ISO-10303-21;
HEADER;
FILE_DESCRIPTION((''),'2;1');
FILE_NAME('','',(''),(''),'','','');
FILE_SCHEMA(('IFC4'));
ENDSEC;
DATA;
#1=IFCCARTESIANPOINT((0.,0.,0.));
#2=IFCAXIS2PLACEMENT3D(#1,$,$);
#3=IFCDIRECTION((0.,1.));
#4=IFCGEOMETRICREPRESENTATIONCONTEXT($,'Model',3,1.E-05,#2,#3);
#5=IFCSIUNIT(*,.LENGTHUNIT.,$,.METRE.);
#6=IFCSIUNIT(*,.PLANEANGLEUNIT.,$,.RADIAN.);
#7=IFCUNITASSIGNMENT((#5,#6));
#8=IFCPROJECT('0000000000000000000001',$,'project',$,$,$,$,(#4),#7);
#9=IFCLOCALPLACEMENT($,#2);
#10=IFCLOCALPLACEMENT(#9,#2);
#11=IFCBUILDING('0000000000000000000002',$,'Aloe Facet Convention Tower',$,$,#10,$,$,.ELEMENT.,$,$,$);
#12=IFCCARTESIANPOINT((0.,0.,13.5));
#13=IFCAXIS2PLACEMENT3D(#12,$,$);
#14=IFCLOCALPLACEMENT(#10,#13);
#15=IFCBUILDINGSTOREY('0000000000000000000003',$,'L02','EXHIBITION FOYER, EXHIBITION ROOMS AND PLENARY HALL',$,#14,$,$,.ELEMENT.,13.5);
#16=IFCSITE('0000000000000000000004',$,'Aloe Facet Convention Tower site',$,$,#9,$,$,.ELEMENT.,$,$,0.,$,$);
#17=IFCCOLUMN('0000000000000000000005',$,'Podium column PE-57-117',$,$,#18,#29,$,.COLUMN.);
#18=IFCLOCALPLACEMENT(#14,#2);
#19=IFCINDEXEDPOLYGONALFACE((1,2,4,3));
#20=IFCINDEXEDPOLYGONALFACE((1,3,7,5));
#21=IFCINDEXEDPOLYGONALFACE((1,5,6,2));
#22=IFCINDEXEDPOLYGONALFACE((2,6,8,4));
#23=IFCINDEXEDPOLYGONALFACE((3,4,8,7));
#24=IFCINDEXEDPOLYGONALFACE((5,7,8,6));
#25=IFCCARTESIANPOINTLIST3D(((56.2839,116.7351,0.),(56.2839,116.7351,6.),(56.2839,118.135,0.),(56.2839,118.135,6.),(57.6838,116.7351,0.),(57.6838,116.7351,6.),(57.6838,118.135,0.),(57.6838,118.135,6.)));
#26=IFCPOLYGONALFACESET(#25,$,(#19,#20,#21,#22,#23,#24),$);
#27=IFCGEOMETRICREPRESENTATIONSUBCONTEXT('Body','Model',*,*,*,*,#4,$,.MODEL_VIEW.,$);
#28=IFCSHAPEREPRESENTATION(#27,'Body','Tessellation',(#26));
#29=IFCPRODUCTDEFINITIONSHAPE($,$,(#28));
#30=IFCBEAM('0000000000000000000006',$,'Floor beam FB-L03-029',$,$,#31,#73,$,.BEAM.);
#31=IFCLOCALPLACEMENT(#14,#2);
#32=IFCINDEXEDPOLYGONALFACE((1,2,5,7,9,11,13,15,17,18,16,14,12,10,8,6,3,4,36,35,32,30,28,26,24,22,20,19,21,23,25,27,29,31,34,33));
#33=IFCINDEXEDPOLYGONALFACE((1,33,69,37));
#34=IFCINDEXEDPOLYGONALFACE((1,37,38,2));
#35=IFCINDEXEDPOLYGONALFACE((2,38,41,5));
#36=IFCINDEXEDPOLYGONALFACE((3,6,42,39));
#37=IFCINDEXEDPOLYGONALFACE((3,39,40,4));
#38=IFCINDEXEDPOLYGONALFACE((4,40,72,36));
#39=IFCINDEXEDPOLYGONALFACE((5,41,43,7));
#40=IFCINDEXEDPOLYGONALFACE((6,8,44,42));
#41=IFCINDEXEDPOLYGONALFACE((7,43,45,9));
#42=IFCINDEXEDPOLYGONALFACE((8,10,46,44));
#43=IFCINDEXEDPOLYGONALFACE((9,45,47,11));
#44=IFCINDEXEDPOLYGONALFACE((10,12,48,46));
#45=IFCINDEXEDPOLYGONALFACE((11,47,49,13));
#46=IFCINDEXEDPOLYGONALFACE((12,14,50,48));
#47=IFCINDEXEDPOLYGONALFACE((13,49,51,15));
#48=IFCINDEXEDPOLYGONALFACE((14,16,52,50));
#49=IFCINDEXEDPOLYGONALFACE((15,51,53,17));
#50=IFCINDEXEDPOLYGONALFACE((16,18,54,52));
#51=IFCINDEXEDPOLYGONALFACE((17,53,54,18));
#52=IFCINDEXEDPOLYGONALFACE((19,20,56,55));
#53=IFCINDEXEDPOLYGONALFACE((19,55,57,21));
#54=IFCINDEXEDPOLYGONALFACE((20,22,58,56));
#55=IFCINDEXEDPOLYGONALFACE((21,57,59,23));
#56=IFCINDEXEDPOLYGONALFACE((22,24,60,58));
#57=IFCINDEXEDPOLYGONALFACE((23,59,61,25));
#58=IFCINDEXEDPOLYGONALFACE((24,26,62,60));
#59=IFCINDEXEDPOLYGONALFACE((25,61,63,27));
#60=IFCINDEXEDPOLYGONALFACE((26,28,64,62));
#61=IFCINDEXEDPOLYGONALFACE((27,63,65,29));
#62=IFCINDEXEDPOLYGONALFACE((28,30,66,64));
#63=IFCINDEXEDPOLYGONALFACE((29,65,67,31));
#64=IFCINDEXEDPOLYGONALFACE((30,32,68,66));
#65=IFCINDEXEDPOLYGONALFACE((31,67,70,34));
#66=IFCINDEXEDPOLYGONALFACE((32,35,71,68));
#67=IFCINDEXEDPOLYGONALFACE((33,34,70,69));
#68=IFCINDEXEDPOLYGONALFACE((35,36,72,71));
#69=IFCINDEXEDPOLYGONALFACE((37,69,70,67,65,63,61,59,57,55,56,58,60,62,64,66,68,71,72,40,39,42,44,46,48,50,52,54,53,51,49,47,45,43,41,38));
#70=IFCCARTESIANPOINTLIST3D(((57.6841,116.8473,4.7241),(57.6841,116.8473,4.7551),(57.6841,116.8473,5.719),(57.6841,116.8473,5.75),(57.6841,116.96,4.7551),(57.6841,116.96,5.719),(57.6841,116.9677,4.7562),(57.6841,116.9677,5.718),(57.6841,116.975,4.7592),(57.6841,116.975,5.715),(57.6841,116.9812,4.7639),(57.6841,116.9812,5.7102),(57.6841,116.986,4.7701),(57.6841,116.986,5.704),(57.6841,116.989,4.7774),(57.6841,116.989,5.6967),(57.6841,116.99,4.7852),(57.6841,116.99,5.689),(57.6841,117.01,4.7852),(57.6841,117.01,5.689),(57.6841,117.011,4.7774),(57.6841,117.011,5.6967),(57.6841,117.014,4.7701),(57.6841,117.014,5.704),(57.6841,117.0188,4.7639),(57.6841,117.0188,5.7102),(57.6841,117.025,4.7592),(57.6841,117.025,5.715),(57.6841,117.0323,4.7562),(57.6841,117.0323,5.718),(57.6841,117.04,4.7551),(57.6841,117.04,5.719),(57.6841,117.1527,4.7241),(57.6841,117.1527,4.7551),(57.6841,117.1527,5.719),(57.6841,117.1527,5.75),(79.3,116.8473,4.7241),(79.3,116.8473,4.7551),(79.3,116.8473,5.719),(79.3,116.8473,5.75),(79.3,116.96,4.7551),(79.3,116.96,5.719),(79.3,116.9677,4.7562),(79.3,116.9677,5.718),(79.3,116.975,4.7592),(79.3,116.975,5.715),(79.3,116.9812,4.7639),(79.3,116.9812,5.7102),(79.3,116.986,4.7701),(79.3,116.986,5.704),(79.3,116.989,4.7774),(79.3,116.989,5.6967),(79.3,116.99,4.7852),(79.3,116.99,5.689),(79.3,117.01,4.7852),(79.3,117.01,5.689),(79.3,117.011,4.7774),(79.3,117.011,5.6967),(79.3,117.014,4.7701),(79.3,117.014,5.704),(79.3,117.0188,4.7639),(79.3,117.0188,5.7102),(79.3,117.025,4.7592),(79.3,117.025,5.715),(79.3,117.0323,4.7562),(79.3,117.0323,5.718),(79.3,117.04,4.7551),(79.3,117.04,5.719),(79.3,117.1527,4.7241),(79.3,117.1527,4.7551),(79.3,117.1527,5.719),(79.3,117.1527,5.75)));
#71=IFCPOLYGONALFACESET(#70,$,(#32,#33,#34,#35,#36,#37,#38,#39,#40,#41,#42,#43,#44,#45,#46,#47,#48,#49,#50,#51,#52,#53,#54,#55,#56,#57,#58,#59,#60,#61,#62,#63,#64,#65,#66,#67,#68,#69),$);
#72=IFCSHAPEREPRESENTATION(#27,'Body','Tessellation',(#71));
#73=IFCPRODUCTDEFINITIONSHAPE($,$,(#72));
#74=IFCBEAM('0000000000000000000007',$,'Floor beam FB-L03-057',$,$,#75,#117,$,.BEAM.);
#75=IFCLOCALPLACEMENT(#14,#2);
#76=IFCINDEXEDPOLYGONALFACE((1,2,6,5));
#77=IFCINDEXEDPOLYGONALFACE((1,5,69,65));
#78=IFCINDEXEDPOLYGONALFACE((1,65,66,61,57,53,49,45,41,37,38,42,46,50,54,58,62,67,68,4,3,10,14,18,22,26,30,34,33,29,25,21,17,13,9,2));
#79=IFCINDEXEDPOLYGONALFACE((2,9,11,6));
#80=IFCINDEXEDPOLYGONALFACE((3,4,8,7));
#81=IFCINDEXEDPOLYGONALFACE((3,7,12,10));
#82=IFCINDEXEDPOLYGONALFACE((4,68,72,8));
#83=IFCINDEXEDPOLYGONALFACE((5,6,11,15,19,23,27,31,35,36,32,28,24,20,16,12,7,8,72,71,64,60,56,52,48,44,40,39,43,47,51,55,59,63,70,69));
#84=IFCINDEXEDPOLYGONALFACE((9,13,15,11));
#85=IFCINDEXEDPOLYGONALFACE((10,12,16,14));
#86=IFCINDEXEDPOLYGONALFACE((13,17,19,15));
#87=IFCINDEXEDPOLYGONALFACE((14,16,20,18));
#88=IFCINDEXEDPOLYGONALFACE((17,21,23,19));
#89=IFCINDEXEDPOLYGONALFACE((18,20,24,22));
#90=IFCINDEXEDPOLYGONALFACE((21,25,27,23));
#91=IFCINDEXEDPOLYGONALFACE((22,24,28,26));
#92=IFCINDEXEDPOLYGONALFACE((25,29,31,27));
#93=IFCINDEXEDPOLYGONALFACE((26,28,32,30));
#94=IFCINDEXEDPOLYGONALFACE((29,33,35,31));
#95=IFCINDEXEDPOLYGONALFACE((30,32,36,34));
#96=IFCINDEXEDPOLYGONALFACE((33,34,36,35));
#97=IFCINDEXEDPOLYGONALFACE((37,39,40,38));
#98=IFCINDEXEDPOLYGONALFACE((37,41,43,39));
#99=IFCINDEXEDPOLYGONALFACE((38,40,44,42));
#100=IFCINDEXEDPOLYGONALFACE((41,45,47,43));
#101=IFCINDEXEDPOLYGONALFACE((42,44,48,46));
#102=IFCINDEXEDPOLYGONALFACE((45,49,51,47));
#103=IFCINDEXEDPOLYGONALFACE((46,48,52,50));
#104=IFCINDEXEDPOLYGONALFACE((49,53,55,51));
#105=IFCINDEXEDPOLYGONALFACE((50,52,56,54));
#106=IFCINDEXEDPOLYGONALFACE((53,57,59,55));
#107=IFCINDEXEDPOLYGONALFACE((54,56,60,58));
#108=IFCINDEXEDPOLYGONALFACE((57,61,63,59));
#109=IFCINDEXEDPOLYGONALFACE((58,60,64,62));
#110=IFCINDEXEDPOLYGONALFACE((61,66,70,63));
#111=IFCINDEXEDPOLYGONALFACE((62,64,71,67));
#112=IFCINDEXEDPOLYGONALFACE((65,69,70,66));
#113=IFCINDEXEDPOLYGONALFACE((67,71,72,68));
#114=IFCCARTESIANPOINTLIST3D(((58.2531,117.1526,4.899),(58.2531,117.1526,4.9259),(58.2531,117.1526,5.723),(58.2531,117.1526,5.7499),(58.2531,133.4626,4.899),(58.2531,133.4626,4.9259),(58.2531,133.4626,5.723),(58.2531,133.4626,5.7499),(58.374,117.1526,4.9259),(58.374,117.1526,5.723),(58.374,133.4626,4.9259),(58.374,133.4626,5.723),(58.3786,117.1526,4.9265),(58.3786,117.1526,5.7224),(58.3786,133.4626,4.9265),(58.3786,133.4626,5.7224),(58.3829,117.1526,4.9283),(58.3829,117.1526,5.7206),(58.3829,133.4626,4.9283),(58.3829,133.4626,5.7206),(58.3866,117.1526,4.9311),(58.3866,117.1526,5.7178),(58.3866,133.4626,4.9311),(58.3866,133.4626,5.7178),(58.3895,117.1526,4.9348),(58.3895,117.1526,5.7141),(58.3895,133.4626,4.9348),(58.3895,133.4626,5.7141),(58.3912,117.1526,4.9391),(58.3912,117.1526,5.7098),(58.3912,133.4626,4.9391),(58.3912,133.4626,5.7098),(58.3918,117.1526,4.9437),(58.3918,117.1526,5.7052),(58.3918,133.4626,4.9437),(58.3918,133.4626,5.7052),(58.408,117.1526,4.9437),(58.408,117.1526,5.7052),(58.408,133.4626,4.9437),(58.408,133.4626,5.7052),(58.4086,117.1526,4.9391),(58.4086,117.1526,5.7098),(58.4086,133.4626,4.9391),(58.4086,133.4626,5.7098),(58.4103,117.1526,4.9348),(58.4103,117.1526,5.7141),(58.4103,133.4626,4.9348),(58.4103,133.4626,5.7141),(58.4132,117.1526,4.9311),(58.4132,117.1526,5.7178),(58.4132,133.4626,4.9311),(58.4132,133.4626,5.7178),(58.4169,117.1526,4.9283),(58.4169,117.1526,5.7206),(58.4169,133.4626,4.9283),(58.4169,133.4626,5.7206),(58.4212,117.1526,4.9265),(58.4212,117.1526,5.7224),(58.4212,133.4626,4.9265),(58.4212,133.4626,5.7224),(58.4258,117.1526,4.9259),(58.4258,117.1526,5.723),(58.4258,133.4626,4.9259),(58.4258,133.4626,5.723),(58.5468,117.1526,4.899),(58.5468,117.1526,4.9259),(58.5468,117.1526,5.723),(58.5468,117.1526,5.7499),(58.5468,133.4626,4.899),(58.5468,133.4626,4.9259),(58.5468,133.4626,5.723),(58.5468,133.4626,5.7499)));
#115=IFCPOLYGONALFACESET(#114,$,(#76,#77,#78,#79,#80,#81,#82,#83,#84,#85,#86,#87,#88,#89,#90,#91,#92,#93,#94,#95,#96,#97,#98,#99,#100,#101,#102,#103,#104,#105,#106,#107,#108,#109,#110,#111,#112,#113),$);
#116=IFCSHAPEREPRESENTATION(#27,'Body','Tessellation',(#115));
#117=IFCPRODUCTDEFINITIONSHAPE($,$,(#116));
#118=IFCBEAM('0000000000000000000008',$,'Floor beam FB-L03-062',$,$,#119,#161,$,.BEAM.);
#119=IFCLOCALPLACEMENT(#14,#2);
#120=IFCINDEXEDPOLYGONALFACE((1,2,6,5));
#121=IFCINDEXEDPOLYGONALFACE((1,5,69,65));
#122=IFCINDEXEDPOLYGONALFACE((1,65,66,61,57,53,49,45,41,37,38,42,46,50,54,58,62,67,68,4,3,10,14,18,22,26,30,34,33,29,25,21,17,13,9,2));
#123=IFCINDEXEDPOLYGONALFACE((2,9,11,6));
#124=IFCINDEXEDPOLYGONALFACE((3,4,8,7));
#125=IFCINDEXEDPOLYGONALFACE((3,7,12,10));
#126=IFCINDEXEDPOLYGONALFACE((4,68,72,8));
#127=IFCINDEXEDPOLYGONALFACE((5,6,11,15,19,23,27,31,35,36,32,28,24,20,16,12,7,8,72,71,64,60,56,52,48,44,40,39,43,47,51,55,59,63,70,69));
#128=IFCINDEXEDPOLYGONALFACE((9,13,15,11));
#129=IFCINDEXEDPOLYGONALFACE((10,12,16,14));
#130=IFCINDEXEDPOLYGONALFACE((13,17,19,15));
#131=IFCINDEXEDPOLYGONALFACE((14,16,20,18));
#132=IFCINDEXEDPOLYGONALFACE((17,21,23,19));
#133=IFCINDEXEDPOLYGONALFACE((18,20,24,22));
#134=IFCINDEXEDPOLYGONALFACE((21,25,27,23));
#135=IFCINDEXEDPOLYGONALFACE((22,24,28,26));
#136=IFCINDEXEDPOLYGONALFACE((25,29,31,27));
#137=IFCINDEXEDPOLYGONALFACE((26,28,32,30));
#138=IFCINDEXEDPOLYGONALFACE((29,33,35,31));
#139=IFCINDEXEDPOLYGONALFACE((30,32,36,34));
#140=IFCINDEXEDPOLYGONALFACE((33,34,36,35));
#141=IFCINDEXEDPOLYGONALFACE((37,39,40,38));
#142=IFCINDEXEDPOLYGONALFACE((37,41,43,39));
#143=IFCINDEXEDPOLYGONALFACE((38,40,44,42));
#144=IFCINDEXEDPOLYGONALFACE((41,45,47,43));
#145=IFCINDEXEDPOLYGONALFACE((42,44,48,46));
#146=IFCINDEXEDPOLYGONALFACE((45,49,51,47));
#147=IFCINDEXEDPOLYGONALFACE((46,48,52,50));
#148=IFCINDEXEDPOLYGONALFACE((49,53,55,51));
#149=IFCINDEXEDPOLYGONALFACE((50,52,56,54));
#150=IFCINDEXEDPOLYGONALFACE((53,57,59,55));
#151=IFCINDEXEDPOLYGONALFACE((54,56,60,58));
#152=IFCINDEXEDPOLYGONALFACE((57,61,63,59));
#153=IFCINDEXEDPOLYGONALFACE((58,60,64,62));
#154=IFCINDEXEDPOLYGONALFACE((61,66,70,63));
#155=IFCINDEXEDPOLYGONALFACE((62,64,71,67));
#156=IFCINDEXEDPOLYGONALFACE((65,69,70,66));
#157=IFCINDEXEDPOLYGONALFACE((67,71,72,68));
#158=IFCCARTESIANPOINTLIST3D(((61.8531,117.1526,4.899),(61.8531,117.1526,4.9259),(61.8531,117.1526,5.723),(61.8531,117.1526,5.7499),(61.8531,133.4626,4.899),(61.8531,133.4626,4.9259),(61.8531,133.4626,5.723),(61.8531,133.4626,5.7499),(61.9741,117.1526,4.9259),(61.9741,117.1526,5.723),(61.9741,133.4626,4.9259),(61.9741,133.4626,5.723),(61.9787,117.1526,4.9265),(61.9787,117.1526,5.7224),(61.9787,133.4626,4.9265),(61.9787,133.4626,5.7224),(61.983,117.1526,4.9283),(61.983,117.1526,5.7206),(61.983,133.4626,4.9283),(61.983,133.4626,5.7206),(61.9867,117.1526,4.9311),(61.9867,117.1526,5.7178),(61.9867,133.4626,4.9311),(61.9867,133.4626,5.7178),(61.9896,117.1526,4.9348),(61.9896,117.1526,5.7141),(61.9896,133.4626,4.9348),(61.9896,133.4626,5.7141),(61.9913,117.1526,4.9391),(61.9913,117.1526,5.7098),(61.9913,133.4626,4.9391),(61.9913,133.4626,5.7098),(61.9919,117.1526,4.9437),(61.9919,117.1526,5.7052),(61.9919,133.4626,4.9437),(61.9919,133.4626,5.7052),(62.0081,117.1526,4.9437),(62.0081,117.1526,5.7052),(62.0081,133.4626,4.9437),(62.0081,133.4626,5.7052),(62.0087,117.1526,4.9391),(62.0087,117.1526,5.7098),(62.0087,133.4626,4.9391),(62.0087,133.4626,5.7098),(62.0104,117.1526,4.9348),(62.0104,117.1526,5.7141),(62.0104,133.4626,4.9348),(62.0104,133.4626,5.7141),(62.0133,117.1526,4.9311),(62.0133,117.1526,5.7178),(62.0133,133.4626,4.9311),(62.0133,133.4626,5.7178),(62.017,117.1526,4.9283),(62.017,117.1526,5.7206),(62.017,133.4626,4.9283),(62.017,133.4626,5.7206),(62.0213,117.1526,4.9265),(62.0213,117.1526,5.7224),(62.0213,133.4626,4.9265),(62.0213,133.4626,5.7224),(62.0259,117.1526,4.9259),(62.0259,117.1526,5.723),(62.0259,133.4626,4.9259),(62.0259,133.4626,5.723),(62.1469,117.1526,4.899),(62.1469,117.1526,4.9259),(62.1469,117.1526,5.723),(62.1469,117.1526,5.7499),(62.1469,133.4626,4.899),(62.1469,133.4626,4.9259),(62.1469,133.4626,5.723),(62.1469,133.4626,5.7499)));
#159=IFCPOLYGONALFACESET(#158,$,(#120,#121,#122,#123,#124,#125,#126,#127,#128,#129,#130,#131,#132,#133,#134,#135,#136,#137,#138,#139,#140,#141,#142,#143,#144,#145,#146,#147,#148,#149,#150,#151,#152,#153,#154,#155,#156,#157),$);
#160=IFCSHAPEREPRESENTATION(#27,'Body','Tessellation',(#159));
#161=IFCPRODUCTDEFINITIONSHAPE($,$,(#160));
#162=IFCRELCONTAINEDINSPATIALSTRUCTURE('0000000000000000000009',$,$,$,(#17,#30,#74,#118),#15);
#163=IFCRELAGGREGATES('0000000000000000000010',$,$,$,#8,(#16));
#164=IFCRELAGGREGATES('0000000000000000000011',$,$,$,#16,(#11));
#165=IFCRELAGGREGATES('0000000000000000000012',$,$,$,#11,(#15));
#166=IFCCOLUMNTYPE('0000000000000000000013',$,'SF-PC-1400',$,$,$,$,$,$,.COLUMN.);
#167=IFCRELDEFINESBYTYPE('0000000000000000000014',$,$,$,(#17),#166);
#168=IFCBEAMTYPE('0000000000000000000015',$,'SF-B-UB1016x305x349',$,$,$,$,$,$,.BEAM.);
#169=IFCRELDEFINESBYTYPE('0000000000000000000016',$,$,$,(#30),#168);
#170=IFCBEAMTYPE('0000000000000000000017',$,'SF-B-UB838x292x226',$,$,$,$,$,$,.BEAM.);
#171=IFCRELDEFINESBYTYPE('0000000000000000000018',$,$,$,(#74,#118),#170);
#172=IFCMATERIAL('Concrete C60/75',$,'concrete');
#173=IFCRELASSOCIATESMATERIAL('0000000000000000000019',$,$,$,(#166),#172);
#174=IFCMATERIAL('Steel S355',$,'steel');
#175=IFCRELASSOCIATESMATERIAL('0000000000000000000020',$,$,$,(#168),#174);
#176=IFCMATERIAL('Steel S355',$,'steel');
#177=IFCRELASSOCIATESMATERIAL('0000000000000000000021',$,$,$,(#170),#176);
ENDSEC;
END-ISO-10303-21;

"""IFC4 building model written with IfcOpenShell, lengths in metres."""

from ifc_helpers import new_model, si_unit, direction, frame, origin, origin_2d, place, context, subcontext, project, spatial, rectangle, i_section, extrude, material, material_profile, profile_set, type_object, element, save


model = new_model("IFC4")

# Units and contexts
model_context = context("Model", 3, precision=1e-05, world=origin(), true_north=direction((0.0, 1.0)))
body_context = subcontext(model_context, "Body", "Model", "MODEL_VIEW")
ifc_project = project(units=[si_unit("LENGTHUNIT", "METRE"), si_unit("PLANEANGLEUNIT", "RADIAN")], contexts=[model_context])

# Site, building, storey
site_placement = place(None, origin())
site = spatial("IfcSite", under=ifc_project, at=site_placement, Name="Aloe Facet Convention Tower site", CompositionType="ELEMENT", RefElevation=0.0)
building_placement = place(site_placement, origin())
building = spatial("IfcBuilding", under=site, at=building_placement, Name="Aloe Facet Convention Tower", CompositionType="ELEMENT")
storey_placement = place(building_placement, frame((0.0, 0.0, 13.5)))
storey = spatial("IfcBuildingStorey", under=building, at=storey_placement, Name="L02", Description="EXHIBITION FOYER, EXHIBITION ROOMS AND PLENARY HALL", CompositionType="ELEMENT", Elevation=13.5)

# Column
ifc_material_1 = material(Name="Concrete C60/75", Category="concrete")
ifc_material_profile_1 = material_profile(ifc_material_1, rectangle(XDim=1.3999, YDim=1.3999, at=origin_2d()), Name="SF-PC-1400")
ifc_profile_set_1 = profile_set([ifc_material_profile_1], Name="Concrete C60/75")
column_type = type_object("IfcColumnType", Name="SF-PC-1400", PredefinedType="COLUMN", material=ifc_profile_set_1)
column_placement = place(storey_placement, frame((56.9839, 117.4351, 0.0), z_axis=(0.0, 0.0, 1.0), x_axis=(1.0, 0.0, 0.0)))
element("IfcColumn", 1, at=column_placement, inside=storey, type_object=column_type, Name="Podium column PE-57-117", PredefinedType="COLUMN", context=body_context, shape_type="SweptSolid", body=[
    extrude(rectangle(XDim=1.3999, YDim=1.3999, at=origin_2d()), origin(), (0.0, 0.0, 1.0), 6.0),
])

# Beams
ifc_material_2 = material(Name="Steel S355", Category="steel")
ifc_material_profile_2 = material_profile(ifc_material_2, i_section(OverallWidth=0.3054, OverallDepth=1.0259, WebThickness=0.02, FlangeThickness=0.031, FilletRadius=0.03, at=origin_2d()), Name="UB 1016x305x349")
ifc_profile_set_2 = profile_set([ifc_material_profile_2], Name="Steel S355")
beam_type_1 = type_object("IfcBeamType", Name="SF-B-UB1016x305x349", PredefinedType="BEAM", material=ifc_profile_set_2)
beam_placement = place(storey_placement, frame((57.6841, 117.0, 5.2371), z_axis=(1.0, 0.0, 0.0), x_axis=(0.0, 1.0, 0.0)))
element("IfcBeam", 2, at=beam_placement, inside=storey, type_object=beam_type_1, Name="Floor beam FB-L03-029", PredefinedType="BEAM", context=body_context, shape_type="SweptSolid", body=[
    extrude(i_section(OverallWidth=0.3054, OverallDepth=1.0259, WebThickness=0.02, FlangeThickness=0.031, FilletRadius=0.03, at=origin_2d()), origin(), (0.0, 0.0, 1.0), 21.616),
])
ifc_material_3 = material(Name="Steel S355", Category="steel")
ifc_material_profile_3 = material_profile(ifc_material_3, i_section(OverallWidth=0.2937, OverallDepth=0.8508, WebThickness=0.0161, FlangeThickness=0.0269, FilletRadius=0.0178, at=origin_2d()), Name="UB 838x292x226")
ifc_profile_set_3 = profile_set([ifc_material_profile_3], Name="Steel S355")
beam_type_2 = type_object("IfcBeamType", Name="SF-B-UB838x292x226", PredefinedType="BEAM", material=ifc_profile_set_3)
for number, where, z_axis, x_axis, name in (
    (3, (58.3999, 117.1526, 5.3245), (0.0, 1.0, 0.0), (-1.0, 0.0, 0.0), "Floor beam FB-L03-057"),
    (4, (62.0, 117.1526, 5.3245), (0.0, 1.0, 0.0), (-1.0, 0.0, 0.0), "Floor beam FB-L03-062"),
):
    element("IfcBeam", number, at=place(storey_placement, frame(where, z_axis=z_axis, x_axis=x_axis)), inside=storey, type_object=beam_type_2, Name=name, PredefinedType="BEAM", context=body_context, shape_type="SweptSolid", body=[
        extrude(i_section(OverallWidth=0.2937, OverallDepth=0.8508, WebThickness=0.0161, FlangeThickness=0.0269, FilletRadius=0.0178, at=origin_2d()), origin(), (0.0, 0.0, 1.0), 16.3101),
    ])

save(model, "model.ifc")
